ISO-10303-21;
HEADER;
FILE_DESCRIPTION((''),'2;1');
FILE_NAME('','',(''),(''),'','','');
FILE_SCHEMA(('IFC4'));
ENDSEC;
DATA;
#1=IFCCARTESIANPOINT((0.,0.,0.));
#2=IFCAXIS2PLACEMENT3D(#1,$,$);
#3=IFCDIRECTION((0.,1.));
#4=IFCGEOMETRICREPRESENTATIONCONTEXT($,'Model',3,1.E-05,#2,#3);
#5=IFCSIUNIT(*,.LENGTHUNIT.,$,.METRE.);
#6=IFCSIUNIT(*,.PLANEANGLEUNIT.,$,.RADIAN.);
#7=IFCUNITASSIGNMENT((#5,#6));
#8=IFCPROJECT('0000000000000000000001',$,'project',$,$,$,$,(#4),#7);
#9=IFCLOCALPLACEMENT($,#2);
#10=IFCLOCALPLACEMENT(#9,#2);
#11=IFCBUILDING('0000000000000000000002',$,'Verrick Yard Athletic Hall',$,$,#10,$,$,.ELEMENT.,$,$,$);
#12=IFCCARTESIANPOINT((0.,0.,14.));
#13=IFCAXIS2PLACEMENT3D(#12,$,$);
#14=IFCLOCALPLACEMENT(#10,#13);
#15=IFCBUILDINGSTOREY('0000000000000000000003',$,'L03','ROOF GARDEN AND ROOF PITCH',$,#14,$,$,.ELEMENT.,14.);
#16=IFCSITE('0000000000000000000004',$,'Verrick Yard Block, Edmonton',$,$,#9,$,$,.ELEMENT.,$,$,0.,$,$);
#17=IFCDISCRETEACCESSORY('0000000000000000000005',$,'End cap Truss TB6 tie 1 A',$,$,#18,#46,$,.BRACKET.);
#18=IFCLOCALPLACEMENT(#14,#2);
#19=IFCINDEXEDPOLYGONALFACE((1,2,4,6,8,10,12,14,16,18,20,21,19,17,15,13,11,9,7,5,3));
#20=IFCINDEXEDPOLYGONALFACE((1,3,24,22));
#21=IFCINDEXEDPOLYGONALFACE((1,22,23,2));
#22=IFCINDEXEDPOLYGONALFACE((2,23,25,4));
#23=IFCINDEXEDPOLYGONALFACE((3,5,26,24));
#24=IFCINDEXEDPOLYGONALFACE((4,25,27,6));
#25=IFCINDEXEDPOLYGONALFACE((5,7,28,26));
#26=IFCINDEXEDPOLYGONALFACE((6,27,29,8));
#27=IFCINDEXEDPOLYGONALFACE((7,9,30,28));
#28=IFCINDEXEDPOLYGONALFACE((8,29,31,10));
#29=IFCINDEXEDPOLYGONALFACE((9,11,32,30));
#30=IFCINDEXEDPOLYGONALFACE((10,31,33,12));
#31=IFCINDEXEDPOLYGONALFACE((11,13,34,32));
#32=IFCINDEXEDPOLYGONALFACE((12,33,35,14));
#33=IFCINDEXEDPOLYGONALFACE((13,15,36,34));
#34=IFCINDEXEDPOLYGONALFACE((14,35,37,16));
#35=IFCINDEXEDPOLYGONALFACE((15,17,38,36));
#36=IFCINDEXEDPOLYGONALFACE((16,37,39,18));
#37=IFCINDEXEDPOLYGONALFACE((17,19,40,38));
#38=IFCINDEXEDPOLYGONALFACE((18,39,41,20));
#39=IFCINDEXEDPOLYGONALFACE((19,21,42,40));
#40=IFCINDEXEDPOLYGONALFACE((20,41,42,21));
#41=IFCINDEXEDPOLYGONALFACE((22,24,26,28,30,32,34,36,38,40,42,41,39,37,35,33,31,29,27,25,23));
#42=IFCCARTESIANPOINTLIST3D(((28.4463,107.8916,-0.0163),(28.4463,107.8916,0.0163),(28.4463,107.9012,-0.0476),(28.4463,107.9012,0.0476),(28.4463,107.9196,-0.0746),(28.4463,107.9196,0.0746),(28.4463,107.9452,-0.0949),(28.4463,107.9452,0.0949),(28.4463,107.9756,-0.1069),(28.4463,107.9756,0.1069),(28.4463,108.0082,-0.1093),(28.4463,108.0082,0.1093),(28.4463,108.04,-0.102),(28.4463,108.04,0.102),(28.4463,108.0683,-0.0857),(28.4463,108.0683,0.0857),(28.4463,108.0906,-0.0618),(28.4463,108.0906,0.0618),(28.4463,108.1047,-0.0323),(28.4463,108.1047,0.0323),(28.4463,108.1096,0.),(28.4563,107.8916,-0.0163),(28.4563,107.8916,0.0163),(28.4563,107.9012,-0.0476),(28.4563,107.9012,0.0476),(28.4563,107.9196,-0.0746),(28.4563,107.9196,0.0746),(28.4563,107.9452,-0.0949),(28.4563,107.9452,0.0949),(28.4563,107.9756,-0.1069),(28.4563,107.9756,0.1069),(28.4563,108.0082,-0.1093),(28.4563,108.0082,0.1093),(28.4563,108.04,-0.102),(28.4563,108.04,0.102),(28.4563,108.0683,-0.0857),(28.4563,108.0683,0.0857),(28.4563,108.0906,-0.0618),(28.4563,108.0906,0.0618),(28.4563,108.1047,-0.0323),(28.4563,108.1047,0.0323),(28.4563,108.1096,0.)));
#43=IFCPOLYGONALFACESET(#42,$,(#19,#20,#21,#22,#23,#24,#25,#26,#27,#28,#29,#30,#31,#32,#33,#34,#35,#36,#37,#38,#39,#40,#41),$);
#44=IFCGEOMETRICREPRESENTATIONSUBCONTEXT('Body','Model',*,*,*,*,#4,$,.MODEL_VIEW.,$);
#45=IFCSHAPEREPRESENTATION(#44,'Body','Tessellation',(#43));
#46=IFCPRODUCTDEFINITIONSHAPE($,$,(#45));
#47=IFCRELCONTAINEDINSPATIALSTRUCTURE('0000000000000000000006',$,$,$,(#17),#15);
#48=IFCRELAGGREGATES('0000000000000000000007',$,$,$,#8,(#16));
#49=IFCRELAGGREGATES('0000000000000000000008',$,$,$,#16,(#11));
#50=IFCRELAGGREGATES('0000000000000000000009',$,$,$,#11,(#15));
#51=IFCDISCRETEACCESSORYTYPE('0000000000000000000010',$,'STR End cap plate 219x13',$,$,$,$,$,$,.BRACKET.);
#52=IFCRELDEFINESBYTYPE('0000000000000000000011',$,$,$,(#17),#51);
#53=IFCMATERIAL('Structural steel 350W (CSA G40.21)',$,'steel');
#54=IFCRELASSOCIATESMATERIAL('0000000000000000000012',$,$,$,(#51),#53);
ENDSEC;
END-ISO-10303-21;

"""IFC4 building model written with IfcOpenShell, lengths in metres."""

from ifc_helpers import new_model, si_unit, direction, frame, origin, origin_2d, place, context, subcontext, project, spatial, circle, extrude, material, material_profile, profile_set, type_object, element, save


model = new_model("IFC4")

# Units and contexts
model_context = context("Model", 3, precision=1e-05, world=origin(), true_north=direction((0.0, 1.0)))
body_context = subcontext(model_context, "Body", "Model", "MODEL_VIEW")
ifc_project = project(units=[si_unit("LENGTHUNIT", "METRE"), si_unit("PLANEANGLEUNIT", "RADIAN")], contexts=[model_context])

# Site, building, storey
site_placement = place(None, origin())
site = spatial("IfcSite", under=ifc_project, at=site_placement, Name="Verrick Yard Block, Edmonton", CompositionType="ELEMENT", RefElevation=0.0)
building_placement = place(site_placement, origin())
building = spatial("IfcBuilding", under=site, at=building_placement, Name="Verrick Yard Athletic Hall", CompositionType="ELEMENT")
storey_placement = place(building_placement, frame((0.0, 0.0, 14.0)))
storey = spatial("IfcBuildingStorey", under=building, at=storey_placement, Name="L03", Description="ROOF GARDEN AND ROOF PITCH", CompositionType="ELEMENT", Elevation=14.0)

# Discrete accessory
ifc_material_1 = material(Name="Structural steel 350W (CSA G40.21)", Category="steel")
ifc_material_profile_1 = material_profile(ifc_material_1, circle(Radius=0.1096, at=origin_2d()), Name="STR End cap plate 219x13")
ifc_profile_set_1 = profile_set([ifc_material_profile_1], Name="Structural steel 350W (CSA G40.21)")
discrete_accessory_type_1 = type_object("IfcDiscreteAccessoryType", Name="STR End cap plate 219x13", PredefinedType="BRACKET", material=ifc_profile_set_1)
discrete_accessory_1_placement = place(storey_placement, frame((28.4463, 108.0, 0.0), z_axis=(1.0, 0.0, 0.0), x_axis=(0.0, 1.0, 0.0)))
element("IfcDiscreteAccessory", 1, at=discrete_accessory_1_placement, inside=storey, type_object=discrete_accessory_type_1, Name="End cap Truss TB6 tie 1 A", PredefinedType="BRACKET", context=body_context, shape_type="SweptSolid", body=[
    extrude(circle(Radius=0.1096, at=origin_2d()), origin(), (0.0, 0.0, 1.0), 0.01),
])

save(model, "model.ifc")
